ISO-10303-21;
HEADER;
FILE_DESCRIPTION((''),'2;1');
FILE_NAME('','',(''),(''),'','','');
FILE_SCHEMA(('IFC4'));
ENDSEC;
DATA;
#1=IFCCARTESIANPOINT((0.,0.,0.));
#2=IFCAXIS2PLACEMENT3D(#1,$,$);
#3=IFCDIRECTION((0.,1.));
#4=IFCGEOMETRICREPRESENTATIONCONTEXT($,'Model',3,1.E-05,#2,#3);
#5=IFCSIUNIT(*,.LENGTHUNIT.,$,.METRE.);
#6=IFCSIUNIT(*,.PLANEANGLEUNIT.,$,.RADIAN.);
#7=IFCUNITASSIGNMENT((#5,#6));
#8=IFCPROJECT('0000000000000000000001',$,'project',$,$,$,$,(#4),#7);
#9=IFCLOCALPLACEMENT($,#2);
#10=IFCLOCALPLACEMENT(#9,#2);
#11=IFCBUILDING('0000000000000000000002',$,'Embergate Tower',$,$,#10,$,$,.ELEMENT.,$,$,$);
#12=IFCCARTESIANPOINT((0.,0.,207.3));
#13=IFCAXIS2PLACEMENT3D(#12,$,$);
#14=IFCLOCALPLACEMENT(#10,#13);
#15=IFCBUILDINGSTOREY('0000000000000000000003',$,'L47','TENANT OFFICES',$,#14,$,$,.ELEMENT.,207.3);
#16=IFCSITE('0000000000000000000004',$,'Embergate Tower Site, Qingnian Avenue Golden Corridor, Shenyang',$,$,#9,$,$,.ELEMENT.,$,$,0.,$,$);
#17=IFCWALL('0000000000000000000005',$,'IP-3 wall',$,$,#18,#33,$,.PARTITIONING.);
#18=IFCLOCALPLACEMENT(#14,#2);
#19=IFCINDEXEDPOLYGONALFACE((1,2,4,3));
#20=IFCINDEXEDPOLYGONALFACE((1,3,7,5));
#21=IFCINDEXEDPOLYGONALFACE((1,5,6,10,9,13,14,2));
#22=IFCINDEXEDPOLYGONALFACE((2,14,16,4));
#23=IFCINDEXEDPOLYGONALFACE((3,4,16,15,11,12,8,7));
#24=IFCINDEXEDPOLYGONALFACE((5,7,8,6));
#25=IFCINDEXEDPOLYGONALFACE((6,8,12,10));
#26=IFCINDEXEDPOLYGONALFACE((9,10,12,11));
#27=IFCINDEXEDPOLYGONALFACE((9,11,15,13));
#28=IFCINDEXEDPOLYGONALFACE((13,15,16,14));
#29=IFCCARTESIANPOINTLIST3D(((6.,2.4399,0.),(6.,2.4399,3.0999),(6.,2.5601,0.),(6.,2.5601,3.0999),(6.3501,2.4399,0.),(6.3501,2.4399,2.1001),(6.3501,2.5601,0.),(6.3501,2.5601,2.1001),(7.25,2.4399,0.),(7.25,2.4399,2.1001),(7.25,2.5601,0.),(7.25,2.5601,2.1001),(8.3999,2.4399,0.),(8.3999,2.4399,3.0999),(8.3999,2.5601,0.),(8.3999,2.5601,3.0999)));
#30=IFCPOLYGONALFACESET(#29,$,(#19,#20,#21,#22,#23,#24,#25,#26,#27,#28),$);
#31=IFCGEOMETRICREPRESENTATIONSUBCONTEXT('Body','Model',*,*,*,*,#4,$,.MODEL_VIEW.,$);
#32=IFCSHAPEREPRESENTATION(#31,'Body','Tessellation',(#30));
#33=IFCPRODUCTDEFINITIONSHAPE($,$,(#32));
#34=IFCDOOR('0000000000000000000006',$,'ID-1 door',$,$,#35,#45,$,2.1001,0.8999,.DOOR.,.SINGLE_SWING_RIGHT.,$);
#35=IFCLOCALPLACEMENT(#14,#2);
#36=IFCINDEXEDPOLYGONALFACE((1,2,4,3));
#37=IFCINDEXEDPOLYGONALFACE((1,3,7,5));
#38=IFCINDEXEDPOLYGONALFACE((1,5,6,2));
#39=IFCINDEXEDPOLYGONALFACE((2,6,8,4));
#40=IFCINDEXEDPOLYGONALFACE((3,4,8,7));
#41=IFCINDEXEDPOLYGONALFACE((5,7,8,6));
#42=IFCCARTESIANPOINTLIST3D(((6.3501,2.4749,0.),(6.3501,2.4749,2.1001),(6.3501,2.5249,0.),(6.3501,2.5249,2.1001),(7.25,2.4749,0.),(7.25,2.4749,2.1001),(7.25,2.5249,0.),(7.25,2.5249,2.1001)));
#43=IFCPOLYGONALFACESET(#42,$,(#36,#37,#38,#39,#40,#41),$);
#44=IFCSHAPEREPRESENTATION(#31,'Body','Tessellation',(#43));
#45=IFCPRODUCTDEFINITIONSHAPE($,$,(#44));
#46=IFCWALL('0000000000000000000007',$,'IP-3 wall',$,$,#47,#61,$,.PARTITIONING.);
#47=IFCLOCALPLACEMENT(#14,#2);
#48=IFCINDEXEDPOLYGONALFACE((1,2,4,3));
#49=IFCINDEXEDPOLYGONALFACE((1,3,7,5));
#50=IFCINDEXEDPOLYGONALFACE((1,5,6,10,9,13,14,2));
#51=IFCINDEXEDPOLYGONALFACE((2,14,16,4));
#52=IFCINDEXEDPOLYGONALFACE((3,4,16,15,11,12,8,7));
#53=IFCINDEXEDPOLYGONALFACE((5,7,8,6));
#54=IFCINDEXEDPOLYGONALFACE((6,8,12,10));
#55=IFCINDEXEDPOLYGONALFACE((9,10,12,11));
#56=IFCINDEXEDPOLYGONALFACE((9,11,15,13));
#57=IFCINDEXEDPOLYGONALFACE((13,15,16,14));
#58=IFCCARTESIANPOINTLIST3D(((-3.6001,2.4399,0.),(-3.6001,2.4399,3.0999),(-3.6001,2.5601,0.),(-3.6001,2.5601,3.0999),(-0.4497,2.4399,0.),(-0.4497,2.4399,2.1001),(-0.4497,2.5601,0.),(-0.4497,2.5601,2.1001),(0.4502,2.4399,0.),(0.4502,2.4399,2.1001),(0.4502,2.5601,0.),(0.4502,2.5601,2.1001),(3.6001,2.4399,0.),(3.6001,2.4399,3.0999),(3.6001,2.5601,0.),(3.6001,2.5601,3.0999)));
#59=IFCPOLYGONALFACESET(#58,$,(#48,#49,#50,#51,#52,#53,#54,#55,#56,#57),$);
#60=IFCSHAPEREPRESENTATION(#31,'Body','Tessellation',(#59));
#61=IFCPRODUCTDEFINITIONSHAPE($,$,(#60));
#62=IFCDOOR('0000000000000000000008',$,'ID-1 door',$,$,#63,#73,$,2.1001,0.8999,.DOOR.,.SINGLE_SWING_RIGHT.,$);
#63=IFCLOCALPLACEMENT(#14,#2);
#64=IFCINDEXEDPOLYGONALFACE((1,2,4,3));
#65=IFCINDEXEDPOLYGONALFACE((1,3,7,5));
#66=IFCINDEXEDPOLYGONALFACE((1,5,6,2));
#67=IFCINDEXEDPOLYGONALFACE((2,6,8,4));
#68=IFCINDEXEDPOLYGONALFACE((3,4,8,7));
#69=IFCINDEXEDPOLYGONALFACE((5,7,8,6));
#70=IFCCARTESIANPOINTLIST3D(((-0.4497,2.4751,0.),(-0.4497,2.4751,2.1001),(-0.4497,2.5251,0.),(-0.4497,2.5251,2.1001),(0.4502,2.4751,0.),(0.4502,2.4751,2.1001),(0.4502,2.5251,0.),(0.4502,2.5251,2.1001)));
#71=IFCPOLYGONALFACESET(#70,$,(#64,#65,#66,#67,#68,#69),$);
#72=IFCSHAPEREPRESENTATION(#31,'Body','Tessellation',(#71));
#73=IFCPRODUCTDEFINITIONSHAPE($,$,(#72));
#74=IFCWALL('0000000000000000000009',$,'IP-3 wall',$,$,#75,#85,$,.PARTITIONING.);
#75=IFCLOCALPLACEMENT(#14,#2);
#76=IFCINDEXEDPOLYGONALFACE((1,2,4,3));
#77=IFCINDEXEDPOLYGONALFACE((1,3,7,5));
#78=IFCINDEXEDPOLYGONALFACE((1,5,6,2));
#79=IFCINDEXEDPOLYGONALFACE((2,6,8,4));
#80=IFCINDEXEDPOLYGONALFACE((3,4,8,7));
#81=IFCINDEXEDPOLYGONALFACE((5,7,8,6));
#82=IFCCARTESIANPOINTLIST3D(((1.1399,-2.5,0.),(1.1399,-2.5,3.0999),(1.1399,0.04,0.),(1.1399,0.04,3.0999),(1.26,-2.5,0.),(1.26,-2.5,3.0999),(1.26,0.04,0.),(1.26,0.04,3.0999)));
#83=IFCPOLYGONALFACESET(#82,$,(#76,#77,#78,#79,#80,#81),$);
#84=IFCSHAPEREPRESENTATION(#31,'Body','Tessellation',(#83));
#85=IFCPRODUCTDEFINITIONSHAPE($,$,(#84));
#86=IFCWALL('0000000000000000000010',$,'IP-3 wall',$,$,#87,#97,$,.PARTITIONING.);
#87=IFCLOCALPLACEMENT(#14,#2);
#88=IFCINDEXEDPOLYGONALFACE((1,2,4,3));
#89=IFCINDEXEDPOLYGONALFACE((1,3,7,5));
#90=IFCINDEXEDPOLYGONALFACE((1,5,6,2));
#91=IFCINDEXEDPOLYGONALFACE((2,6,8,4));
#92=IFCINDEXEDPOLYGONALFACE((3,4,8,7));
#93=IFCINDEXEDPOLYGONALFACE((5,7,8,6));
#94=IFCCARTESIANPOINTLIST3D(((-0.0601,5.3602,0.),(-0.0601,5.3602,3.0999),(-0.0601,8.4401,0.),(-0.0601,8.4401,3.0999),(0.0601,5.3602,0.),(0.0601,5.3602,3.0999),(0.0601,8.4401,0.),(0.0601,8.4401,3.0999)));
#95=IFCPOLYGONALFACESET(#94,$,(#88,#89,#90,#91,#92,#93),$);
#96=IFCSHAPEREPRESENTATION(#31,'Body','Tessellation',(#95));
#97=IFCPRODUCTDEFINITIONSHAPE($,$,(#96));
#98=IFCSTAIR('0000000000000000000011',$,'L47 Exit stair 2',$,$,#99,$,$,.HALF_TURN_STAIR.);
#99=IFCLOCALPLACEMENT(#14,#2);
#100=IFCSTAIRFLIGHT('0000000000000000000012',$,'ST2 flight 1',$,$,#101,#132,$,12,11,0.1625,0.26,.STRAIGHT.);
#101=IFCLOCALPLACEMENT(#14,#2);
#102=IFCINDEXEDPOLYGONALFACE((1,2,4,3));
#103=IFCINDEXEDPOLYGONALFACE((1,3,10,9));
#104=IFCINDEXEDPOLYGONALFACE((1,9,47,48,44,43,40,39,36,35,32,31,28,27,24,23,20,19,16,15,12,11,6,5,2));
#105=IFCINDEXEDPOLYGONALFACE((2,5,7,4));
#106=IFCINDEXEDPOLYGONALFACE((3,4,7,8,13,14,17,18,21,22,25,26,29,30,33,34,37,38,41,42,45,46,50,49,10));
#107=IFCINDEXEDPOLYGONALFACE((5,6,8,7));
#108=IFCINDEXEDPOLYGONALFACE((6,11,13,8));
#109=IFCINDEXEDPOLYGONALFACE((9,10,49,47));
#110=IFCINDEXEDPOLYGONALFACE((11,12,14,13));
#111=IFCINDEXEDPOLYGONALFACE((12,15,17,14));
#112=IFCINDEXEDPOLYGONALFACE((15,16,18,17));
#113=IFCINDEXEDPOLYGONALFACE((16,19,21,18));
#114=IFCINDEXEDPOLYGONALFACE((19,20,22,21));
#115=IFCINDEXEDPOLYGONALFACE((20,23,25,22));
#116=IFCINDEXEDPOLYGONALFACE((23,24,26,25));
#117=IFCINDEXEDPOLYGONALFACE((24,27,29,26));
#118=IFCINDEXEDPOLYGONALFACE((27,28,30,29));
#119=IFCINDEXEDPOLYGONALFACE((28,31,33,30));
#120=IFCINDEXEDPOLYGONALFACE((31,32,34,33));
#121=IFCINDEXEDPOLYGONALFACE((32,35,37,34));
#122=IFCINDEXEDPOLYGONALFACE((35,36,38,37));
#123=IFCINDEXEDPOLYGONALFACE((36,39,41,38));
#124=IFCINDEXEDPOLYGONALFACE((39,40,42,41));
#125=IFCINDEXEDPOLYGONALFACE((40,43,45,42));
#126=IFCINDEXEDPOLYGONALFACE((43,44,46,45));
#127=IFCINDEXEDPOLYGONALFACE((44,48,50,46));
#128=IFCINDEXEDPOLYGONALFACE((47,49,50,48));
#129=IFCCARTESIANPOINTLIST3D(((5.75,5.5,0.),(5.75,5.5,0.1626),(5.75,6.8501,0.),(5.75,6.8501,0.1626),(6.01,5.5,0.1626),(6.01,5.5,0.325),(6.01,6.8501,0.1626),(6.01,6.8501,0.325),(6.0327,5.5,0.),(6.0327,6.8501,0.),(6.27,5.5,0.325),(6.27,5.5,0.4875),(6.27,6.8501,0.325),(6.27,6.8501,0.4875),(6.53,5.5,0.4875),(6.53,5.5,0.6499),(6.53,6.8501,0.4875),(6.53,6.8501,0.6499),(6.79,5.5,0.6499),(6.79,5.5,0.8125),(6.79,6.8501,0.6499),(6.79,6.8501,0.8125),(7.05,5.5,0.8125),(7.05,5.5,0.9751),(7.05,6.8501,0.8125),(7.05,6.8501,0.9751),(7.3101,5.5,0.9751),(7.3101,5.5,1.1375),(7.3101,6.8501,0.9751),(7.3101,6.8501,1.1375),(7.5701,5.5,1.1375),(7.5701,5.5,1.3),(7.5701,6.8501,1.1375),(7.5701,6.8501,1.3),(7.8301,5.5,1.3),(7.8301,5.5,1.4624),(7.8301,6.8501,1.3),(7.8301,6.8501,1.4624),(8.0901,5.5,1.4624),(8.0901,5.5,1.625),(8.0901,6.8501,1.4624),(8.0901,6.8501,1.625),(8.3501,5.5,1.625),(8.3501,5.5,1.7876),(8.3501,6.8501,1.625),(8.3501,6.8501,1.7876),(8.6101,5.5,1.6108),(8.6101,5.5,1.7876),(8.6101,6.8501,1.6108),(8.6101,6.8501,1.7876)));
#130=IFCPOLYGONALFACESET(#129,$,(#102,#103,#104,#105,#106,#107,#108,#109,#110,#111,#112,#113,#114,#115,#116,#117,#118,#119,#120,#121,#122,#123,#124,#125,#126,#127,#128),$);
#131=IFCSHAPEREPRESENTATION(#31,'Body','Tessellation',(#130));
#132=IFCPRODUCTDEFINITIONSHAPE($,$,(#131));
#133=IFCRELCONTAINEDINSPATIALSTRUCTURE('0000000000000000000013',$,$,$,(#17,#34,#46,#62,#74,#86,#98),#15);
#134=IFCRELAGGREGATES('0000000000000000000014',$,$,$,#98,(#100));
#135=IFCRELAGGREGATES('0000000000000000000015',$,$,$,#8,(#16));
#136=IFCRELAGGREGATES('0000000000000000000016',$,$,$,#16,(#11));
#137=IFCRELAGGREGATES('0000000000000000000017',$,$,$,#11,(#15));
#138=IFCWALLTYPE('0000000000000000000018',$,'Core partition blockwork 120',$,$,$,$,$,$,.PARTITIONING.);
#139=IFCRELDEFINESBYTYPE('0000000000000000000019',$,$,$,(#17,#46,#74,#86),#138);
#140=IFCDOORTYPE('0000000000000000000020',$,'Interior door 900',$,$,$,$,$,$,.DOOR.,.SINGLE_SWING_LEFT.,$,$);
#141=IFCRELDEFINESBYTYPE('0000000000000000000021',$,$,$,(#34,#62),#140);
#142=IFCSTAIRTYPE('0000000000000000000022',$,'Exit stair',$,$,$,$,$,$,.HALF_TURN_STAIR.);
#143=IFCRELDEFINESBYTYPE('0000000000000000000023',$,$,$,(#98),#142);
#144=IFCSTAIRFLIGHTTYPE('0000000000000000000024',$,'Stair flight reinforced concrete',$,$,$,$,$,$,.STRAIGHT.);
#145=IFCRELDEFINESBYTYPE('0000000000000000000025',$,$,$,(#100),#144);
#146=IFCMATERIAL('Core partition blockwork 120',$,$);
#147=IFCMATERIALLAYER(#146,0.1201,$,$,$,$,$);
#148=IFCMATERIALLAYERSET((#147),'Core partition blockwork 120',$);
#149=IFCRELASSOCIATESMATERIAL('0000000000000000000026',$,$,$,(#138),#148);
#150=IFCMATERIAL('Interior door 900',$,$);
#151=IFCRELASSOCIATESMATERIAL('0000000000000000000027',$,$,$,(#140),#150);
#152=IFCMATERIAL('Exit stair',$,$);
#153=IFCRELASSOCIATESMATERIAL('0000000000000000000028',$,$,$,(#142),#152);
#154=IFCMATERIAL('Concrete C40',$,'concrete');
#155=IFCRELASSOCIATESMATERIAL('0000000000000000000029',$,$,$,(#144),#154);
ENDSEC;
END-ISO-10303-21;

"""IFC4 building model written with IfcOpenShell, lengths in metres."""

from ifc_helpers import new_model, si_unit, direction, frame, frame_2d, origin, place, context, subcontext, project, spatial, polyline, rectangle, outline, extrude, source, transform, mapped, material, layer, layer_set, type_object, element, fill, aggregate, save


model = new_model("IFC4")

# Units and contexts
model_context = context("Model", 3, precision=1e-05, world=origin(), true_north=direction((0.0, 1.0)))
body_context = subcontext(model_context, "Body", "Model", "MODEL_VIEW")
ifc_project = project(units=[si_unit("LENGTHUNIT", "METRE"), si_unit("PLANEANGLEUNIT", "RADIAN")], contexts=[model_context])

# Site, building, storey
site_placement = place(None, origin())
site = spatial("IfcSite", under=ifc_project, at=site_placement, Name="Embergate Tower Site, Qingnian Avenue Golden Corridor, Shenyang", CompositionType="ELEMENT", RefElevation=0.0)
building_placement = place(site_placement, origin())
building = spatial("IfcBuilding", under=site, at=building_placement, Name="Embergate Tower", CompositionType="ELEMENT")
storey_placement = place(building_placement, frame((0.0, 0.0, 207.3)))
storey = spatial("IfcBuildingStorey", under=building, at=storey_placement, Name="L47", Description="TENANT OFFICES", CompositionType="ELEMENT", Elevation=207.3)

# Shared definitions
ifc_material_1 = material(Name="Core partition blockwork 120")
ifc_layer_1 = layer(ifc_material_1, 0.1201)
ifc_layer_set_1 = layer_set([ifc_layer_1], Name="Core partition blockwork 120")
wall_type_1 = type_object("IfcWallType", Name="Core partition blockwork 120", PredefinedType="PARTITIONING", material=ifc_layer_set_1)

# Walls, openings, doors
shared_shape_1 = source(origin(), body_context, "Body", "SweptSolid", [
    extrude(rectangle(XDim=2.3999, YDim=0.1201, at=frame_2d((1.2, 0.0))), origin(), (0.0, 0.0, 1.0), 3.0999),
])
wall_1_placement = place(storey_placement, frame((6.0, 2.5, 0.0), z_axis=(0.0, 0.0, 1.0), x_axis=(1.0, 0.0, 0.0)))
wall_1 = element("IfcWall", 1, at=wall_1_placement, inside=storey, type_object=wall_type_1, Name="IP-3 wall", PredefinedType="PARTITIONING", context=body_context, shape_type="MappedRepresentation", body=[
    mapped(shared_shape_1, transform((0.0, 0.0, 0.0))),
])
shared_shape_2 = source(origin(), body_context, "Body", "SweptSolid", [
    extrude(rectangle(XDim=0.8999, YDim=2.1001, at=frame_2d((0.45, 1.05))), frame((0.0, 0.0701, 0.0), z_axis=(0.0, -1.0, 0.0), x_axis=(1.0, 0.0, 0.0)), (0.0, 0.0, 1.0), 0.1401),
])
opening_1_placement = place(wall_1_placement, frame((0.3501, 0.0, 0.0)))
opening_1 = element("IfcOpeningElement", 2, at=opening_1_placement, cuts=wall_1, PredefinedType="OPENING", context=body_context, shape_type="MappedRepresentation", body=[
    mapped(shared_shape_2, transform((0.0, 0.0, 0.0))),
])
ifc_material_2 = material(Name="Interior door 900")
door_type_1 = type_object("IfcDoorType", Name="Interior door 900", OperationType="SINGLE_SWING_LEFT", PredefinedType="DOOR", material=ifc_material_2)
shared_shape_3 = source(origin(), body_context, "Body", "SweptSolid", [
    extrude(rectangle(XDim=0.8999, YDim=2.1001, at=frame_2d((0.45, 1.05))), frame((0.0, 0.0249, 0.0), z_axis=(0.0, -1.0, 0.0), x_axis=(1.0, 0.0, 0.0)), (0.0, 0.0, 1.0), 0.05),
])
door_1_placement = place(opening_1_placement, origin())
door_1 = element("IfcDoor", 3, at=door_1_placement, inside=storey, type_object=door_type_1, Name="ID-1 door", OperationType="SINGLE_SWING_RIGHT", OverallHeight=2.1001, OverallWidth=0.8999, PredefinedType="DOOR", context=body_context, shape_type="MappedRepresentation", body=[
    mapped(shared_shape_3, transform((0.0, 0.0, 0.0))),
])
fill(opening_1, door_1)
shared_shape_4 = source(origin(), body_context, "Body", "SweptSolid", [
    extrude(rectangle(XDim=7.2002, YDim=0.1201, at=frame_2d((3.6001, 0.0))), origin(), (0.0, 0.0, 1.0), 3.0999),
])
wall_2_placement = place(storey_placement, frame((3.6001, 2.5, 0.0), z_axis=(0.0, 0.0, 1.0), x_axis=(-1.0, 0.0, 0.0)))
wall_2 = element("IfcWall", 4, at=wall_2_placement, inside=storey, type_object=wall_type_1, Name="IP-3 wall", PredefinedType="PARTITIONING", context=body_context, shape_type="MappedRepresentation", body=[
    mapped(shared_shape_4, transform((0.0, 0.0, 0.0))),
])
opening_2_placement = place(wall_2_placement, frame((3.1499, 0.0, 0.0)))
opening_2 = element("IfcOpeningElement", 5, at=opening_2_placement, cuts=wall_2, PredefinedType="OPENING", context=body_context, shape_type="MappedRepresentation", body=[
    mapped(shared_shape_2, transform((0.0, 0.0, 0.0))),
])
door_2_placement = place(opening_2_placement, origin())
door_2 = element("IfcDoor", 6, at=door_2_placement, inside=storey, type_object=door_type_1, Name="ID-1 door", OperationType="SINGLE_SWING_RIGHT", OverallHeight=2.1001, OverallWidth=0.8999, PredefinedType="DOOR", context=body_context, shape_type="MappedRepresentation", body=[
    mapped(shared_shape_3, transform((0.0, 0.0, 0.0))),
])
fill(opening_2, door_2)

# Walls
shared_shape_5 = source(origin(), body_context, "Body", "SweptSolid", [
    extrude(rectangle(XDim=2.54, YDim=0.1201, at=frame_2d((1.27, 0.0))), origin(), (0.0, 0.0, 1.0), 3.0999),
])
wall_3_placement = place(storey_placement, frame((1.2, 0.04, 0.0), z_axis=(0.0, 0.0, 1.0), x_axis=(0.0, -1.0, 0.0)))
element("IfcWall", 7, at=wall_3_placement, inside=storey, type_object=wall_type_1, Name="IP-3 wall", PredefinedType="PARTITIONING", context=body_context, shape_type="MappedRepresentation", body=[
    mapped(shared_shape_5, transform((0.0, 0.0, 0.0))),
])
shared_shape_6 = source(origin(), body_context, "Body", "SweptSolid", [
    extrude(rectangle(XDim=3.0798, YDim=0.1201, at=frame_2d((1.54, 0.0))), origin(), (0.0, 0.0, 1.0), 3.0999),
])
wall_4_placement = place(storey_placement, frame((0.0, 5.3601, 0.0), z_axis=(0.0, 0.0, 1.0), x_axis=(0.0, 1.0, 0.0)))
element("IfcWall", 8, at=wall_4_placement, inside=storey, type_object=wall_type_1, Name="IP-3 wall", PredefinedType="PARTITIONING", context=body_context, shape_type="MappedRepresentation", body=[
    mapped(shared_shape_6, transform((0.0, 0.0, 0.0))),
])

# Stair, stair flight
ifc_material_3 = material(Name="Exit stair")
stair_type = type_object("IfcStairType", Name="Exit stair", PredefinedType="HALF_TURN_STAIR", material=ifc_material_3)
stair_placement = place(storey_placement, origin())
stair = element("IfcStair", 9, at=stair_placement, inside=storey, type_object=stair_type, Name="L47 Exit stair 2", PredefinedType="HALF_TURN_STAIR")
ifc_material_4 = material(Name="Concrete C40", Category="concrete")
stair_flight_type = type_object("IfcStairFlightType", Name="Stair flight reinforced concrete", PredefinedType="STRAIGHT", material=ifc_material_4)
shared_shape_7 = source(origin(), body_context, "Body", "SweptSolid", [
    extrude(outline(polyline([(0.0, 0.0), (0.0, 0.1626), (0.26, 0.1626), (0.26, 0.325), (0.52, 0.325), (0.52, 0.4875), (0.78, 0.4875), (0.78, 0.6499), (1.04, 0.6499), (1.04, 0.8125), (1.3, 0.8125), (1.3, 0.9751), (1.5601, 0.9751), (1.5601, 1.1375), (1.8201, 1.1375), (1.8201, 1.3), (2.0801, 1.3), (2.0801, 1.4624), (2.3401, 1.4624), (2.3401, 1.625), (2.6001, 1.625), (2.6001, 1.7876), (2.8601, 1.7876), (2.8601, 1.95), (2.8601, 1.6108), (0.2827, 0.0), (0.0, 0.0)])), frame((0.0, 0.675, 0.0), z_axis=(0.0, -1.0, 0.0), x_axis=(1.0, 0.0, 0.0)), (0.0, 0.0, 1.0), 1.3501),
])
stair_flight_placement = place(storey_placement, frame((5.75, 6.175, 0.0), z_axis=(0.0, 0.0, 1.0), x_axis=(1.0, 0.0, 0.0)))
stair_flight = element("IfcStairFlight", 10, at=stair_flight_placement, type_object=stair_flight_type, Name="ST2 flight 1", NumberOfRisers=12, NumberOfTreads=11, PredefinedType="STRAIGHT", RiserHeight=0.1625, TreadLength=0.26, context=body_context, shape_type="MappedRepresentation", body=[
    mapped(shared_shape_7, transform((0.0, 0.0, 0.0))),
])
aggregate(stair, [stair_flight])

save(model, "model.ifc")
